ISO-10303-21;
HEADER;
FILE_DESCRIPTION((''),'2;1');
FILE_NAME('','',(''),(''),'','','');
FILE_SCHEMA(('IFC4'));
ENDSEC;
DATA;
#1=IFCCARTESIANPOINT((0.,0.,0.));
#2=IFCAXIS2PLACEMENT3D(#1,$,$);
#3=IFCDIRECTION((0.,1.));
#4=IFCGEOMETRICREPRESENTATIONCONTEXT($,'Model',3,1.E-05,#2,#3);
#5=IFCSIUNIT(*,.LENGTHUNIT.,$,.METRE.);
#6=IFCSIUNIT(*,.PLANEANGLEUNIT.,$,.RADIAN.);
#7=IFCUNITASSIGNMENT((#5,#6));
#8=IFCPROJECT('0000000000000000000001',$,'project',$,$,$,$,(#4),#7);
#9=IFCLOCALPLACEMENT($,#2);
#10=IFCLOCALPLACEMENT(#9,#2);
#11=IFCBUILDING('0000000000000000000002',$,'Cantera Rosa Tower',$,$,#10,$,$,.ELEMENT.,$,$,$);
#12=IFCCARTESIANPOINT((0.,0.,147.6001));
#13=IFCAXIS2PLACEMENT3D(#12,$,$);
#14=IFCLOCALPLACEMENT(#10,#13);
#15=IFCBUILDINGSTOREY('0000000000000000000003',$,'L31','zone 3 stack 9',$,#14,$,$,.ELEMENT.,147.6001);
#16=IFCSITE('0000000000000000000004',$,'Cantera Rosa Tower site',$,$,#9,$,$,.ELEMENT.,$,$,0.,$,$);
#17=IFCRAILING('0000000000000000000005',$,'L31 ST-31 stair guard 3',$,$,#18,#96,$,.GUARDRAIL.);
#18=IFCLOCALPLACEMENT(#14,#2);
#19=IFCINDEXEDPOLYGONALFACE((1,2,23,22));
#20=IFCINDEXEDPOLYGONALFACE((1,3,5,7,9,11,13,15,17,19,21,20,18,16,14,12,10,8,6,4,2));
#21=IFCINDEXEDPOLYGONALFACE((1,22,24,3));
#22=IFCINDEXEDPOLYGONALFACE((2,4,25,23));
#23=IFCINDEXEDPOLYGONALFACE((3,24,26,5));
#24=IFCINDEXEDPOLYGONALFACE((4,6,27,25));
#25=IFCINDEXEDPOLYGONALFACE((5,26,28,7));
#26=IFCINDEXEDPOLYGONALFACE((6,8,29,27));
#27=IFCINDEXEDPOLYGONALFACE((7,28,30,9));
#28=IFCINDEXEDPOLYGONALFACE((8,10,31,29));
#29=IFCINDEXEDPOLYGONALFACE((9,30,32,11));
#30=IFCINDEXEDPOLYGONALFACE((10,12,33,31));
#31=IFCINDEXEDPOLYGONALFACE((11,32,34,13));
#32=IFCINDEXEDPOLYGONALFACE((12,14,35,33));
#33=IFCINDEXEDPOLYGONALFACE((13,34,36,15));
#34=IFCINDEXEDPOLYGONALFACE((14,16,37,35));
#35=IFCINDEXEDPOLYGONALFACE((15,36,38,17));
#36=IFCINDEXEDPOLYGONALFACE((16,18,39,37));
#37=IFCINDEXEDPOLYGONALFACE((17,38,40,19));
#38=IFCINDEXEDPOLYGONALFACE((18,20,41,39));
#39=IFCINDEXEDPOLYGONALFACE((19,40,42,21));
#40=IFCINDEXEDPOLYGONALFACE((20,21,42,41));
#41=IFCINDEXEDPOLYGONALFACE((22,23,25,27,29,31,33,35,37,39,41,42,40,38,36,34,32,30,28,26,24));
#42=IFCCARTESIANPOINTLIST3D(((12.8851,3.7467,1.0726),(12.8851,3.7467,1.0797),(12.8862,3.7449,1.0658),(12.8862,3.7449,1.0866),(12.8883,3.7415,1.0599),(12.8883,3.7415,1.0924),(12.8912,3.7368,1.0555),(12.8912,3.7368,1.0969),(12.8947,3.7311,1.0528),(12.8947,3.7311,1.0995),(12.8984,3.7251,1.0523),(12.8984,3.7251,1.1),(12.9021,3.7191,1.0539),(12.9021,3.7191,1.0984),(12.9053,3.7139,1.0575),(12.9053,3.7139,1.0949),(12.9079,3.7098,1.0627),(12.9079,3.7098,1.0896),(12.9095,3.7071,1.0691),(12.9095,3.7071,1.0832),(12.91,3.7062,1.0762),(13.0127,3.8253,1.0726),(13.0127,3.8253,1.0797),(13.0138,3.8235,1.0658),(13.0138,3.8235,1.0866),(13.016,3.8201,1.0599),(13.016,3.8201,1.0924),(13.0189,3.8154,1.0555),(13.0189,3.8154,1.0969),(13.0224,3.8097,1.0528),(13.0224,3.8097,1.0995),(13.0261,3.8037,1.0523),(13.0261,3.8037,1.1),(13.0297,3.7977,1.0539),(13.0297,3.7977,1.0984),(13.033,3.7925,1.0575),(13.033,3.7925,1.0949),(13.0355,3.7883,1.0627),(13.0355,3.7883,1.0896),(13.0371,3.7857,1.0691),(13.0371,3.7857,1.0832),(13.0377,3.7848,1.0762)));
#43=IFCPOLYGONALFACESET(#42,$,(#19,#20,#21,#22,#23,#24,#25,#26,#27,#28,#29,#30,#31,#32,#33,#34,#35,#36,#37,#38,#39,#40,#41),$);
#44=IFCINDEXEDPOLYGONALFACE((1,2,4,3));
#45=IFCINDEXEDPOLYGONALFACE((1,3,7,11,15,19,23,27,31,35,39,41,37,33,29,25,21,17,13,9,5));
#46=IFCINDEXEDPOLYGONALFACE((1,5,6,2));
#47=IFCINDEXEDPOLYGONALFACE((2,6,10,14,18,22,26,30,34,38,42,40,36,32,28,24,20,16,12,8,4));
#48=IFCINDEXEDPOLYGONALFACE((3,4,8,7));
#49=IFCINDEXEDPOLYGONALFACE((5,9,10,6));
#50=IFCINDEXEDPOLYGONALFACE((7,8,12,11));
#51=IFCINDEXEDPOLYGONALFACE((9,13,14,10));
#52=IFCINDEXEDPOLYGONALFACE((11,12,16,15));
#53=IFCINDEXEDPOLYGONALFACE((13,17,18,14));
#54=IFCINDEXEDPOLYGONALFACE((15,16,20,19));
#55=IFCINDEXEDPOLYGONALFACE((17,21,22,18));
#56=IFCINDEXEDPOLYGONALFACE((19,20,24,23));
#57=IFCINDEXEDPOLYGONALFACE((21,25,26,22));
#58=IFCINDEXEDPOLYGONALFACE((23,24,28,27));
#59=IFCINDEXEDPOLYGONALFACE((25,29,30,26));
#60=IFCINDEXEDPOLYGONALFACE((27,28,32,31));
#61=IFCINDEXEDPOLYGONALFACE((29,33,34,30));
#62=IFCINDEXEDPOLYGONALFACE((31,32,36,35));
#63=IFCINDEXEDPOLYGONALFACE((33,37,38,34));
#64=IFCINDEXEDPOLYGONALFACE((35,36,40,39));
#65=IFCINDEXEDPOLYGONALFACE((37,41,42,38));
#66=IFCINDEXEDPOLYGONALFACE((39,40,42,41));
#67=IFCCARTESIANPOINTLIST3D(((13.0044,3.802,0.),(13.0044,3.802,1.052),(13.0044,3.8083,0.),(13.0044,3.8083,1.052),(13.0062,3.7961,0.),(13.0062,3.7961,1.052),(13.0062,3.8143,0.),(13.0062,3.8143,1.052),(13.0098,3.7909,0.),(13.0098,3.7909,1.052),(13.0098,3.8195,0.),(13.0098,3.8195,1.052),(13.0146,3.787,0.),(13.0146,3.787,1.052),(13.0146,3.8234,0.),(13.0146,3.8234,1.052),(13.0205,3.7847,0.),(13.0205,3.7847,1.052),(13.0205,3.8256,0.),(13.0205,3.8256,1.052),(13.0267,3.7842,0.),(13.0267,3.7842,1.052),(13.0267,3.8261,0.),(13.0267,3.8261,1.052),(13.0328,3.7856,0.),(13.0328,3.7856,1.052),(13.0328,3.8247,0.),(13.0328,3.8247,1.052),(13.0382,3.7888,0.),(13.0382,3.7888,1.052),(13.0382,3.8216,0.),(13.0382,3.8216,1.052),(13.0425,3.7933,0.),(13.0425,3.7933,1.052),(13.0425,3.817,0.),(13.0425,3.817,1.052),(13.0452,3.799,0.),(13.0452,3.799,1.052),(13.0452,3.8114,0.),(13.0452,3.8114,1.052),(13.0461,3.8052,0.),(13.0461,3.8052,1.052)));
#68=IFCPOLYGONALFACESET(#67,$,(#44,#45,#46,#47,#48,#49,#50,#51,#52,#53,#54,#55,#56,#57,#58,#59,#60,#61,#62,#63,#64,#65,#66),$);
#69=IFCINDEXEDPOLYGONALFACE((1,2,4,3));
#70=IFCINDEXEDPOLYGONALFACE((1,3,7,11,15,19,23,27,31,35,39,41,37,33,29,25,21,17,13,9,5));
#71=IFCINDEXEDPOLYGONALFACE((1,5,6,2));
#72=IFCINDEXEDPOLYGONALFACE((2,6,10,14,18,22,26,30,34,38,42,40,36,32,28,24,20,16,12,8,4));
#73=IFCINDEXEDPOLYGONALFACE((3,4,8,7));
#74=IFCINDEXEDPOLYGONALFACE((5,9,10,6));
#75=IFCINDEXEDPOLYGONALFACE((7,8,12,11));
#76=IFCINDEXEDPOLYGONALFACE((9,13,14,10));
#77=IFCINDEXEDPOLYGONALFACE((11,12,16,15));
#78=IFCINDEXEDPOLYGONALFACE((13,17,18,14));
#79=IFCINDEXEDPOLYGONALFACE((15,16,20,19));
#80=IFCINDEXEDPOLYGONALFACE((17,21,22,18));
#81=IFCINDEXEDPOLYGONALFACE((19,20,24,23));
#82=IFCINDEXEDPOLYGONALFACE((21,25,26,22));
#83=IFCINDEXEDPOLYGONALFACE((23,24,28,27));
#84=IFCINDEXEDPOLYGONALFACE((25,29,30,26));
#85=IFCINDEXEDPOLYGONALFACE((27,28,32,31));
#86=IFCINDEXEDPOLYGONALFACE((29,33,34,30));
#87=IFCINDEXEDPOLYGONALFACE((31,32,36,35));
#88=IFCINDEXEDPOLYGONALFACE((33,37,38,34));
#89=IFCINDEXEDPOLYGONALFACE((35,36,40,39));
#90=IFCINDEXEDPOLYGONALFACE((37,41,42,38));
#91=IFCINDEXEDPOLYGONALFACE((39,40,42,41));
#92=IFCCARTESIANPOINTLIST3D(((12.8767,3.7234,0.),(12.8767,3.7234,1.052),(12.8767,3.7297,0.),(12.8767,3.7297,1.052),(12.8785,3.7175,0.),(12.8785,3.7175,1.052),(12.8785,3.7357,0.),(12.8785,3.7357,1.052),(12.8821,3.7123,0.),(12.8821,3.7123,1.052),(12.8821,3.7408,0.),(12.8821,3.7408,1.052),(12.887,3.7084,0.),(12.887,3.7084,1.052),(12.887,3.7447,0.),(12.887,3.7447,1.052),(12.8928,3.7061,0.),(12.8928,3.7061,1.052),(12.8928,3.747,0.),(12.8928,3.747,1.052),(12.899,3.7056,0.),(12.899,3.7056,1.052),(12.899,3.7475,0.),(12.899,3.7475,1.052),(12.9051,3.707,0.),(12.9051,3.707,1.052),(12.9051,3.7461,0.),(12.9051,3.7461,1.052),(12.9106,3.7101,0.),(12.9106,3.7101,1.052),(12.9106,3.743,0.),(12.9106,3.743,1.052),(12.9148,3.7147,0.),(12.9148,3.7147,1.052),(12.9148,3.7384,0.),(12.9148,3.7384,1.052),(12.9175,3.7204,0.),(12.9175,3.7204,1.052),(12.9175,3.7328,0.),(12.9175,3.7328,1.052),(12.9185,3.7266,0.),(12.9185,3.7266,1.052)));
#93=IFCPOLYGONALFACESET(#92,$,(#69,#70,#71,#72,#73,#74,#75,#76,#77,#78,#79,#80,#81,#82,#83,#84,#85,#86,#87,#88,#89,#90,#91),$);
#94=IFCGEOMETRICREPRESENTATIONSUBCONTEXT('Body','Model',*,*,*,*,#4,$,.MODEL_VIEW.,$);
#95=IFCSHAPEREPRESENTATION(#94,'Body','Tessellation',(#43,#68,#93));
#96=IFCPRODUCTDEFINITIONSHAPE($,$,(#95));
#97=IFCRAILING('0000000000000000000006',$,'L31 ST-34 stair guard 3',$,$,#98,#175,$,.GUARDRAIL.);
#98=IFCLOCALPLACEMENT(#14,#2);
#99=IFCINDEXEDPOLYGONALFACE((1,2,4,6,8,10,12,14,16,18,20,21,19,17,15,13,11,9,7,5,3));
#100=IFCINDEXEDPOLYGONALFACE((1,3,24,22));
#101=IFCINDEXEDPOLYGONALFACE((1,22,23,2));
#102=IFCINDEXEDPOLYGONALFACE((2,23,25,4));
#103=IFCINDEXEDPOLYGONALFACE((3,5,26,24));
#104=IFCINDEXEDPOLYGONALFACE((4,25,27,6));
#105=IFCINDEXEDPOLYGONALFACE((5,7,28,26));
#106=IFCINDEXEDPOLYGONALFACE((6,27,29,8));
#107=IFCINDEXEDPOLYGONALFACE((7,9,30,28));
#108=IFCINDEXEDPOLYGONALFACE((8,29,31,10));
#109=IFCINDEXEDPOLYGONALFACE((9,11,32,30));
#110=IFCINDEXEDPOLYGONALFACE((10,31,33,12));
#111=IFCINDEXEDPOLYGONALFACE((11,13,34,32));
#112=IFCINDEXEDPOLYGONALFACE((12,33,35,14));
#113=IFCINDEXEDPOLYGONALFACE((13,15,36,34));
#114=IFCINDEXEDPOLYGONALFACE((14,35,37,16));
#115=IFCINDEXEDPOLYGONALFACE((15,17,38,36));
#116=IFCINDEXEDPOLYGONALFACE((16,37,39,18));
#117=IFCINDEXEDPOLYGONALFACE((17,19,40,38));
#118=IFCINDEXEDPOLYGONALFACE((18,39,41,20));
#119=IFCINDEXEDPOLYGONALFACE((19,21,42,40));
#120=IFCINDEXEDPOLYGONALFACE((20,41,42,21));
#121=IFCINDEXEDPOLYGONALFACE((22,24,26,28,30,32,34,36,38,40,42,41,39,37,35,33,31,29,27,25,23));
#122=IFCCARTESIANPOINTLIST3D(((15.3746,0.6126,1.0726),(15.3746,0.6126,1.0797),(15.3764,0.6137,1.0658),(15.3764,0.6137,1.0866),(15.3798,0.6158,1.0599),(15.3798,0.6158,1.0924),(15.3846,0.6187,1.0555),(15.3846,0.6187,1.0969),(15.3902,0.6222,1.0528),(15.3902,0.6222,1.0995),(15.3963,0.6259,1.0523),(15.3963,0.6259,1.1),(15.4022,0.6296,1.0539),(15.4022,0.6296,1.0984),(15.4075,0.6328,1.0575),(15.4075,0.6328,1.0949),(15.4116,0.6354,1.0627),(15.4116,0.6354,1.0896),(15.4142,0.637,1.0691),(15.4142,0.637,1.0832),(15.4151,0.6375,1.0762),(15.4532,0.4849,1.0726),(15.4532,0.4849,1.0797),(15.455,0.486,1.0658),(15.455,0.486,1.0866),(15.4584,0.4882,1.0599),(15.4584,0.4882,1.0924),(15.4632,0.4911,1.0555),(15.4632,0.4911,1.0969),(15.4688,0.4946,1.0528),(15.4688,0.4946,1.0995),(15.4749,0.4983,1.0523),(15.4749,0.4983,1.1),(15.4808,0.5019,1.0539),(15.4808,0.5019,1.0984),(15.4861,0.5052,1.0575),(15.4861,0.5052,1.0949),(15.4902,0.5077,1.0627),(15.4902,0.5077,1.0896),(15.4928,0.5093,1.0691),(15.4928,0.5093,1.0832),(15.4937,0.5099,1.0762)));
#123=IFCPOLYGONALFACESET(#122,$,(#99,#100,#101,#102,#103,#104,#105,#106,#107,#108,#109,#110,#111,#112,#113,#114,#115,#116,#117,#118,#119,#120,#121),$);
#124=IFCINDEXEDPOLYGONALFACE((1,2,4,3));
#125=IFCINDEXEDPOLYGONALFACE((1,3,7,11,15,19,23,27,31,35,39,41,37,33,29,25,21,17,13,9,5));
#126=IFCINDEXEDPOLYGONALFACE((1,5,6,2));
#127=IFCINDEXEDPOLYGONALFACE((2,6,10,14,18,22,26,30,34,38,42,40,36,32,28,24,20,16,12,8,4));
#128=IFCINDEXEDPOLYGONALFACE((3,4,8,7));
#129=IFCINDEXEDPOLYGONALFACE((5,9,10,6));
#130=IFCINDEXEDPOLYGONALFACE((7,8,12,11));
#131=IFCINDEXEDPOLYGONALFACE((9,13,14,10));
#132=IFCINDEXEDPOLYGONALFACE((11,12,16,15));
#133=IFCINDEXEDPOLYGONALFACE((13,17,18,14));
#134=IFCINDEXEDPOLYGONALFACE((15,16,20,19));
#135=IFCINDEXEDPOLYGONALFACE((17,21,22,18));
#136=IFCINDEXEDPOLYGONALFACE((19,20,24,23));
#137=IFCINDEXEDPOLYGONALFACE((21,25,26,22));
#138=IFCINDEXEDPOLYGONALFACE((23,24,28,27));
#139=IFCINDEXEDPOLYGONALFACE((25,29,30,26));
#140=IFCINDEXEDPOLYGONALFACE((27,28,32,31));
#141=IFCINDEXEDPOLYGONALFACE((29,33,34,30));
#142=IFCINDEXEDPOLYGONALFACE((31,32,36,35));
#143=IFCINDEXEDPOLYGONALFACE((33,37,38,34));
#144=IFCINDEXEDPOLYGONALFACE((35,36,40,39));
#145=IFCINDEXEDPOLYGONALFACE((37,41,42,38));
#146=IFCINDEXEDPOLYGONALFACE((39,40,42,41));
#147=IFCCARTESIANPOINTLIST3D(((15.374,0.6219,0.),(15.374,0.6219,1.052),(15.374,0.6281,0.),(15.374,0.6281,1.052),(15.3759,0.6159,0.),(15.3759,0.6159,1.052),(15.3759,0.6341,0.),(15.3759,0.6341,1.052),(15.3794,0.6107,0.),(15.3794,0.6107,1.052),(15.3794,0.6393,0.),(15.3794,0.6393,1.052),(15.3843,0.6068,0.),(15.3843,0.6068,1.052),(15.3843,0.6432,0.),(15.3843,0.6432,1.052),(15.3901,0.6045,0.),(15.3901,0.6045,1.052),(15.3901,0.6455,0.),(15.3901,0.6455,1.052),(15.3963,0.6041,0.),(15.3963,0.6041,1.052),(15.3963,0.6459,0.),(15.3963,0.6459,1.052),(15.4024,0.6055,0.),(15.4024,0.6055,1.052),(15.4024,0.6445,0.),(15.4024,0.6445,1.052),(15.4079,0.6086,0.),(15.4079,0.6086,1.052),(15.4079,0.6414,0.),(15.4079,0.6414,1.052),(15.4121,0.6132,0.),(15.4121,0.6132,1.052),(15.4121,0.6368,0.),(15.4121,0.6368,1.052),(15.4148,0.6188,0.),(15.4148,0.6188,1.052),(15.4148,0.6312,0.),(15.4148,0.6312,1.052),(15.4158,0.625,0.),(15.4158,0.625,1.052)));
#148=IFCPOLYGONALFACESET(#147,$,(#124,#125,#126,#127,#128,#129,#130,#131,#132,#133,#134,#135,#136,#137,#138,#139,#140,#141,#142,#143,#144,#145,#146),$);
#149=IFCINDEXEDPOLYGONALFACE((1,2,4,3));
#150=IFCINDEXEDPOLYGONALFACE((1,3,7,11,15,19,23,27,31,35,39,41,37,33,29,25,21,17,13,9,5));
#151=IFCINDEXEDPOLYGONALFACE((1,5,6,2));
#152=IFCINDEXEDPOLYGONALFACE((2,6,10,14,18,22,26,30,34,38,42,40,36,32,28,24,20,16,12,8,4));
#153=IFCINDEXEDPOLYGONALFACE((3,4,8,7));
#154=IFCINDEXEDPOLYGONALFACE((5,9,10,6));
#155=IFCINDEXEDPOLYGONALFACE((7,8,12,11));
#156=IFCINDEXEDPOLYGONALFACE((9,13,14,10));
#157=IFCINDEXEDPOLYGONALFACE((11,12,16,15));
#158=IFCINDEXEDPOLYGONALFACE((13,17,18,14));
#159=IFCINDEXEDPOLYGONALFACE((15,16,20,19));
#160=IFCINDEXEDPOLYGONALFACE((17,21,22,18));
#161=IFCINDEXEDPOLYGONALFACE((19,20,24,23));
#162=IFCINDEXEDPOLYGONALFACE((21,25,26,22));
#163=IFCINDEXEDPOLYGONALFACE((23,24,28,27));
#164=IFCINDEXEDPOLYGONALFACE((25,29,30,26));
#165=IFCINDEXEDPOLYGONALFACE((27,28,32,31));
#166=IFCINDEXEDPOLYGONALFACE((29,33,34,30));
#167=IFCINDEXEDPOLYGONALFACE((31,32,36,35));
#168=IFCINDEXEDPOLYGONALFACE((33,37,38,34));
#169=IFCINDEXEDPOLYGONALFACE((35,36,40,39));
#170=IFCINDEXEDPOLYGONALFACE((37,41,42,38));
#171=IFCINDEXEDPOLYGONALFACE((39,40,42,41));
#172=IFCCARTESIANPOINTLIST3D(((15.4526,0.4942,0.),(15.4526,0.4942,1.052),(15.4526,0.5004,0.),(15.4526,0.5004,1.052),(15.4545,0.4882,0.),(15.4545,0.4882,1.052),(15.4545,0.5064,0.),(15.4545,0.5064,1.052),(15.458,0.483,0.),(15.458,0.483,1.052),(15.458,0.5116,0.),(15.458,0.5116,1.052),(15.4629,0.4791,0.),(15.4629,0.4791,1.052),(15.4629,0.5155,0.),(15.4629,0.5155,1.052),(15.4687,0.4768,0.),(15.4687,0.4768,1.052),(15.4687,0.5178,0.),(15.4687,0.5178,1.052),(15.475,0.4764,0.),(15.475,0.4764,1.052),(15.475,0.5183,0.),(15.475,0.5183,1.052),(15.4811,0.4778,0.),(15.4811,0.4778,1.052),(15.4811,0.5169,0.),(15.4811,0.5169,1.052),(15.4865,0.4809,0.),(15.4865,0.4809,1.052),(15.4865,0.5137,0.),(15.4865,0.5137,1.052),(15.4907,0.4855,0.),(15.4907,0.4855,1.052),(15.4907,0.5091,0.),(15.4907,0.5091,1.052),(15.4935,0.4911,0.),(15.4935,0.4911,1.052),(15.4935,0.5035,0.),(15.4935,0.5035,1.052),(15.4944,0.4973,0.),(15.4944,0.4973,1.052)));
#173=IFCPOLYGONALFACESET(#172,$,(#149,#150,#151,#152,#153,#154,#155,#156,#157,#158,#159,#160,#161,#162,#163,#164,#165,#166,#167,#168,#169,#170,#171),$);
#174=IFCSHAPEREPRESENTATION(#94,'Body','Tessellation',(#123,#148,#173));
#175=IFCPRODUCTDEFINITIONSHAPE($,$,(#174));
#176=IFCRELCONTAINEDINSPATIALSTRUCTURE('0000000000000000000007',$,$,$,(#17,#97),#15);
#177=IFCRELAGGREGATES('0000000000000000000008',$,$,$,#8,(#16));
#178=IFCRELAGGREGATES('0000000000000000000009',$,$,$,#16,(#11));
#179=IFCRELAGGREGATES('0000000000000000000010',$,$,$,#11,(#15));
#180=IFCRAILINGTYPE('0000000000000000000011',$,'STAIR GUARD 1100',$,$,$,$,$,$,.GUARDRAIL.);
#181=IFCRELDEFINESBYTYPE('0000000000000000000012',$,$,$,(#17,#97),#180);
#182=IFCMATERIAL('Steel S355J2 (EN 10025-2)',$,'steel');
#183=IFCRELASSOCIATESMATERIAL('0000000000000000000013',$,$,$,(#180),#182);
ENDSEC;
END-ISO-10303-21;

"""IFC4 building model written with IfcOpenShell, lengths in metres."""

from ifc_helpers import new_model, si_unit, direction, frame, origin, origin_2d, place, context, subcontext, project, spatial, circle, extrude, material, type_object, element, save


model = new_model("IFC4")

# Units and contexts
model_context = context("Model", 3, precision=1e-05, world=origin(), true_north=direction((0.0, 1.0)))
body_context = subcontext(model_context, "Body", "Model", "MODEL_VIEW")
ifc_project = project(units=[si_unit("LENGTHUNIT", "METRE"), si_unit("PLANEANGLEUNIT", "RADIAN")], contexts=[model_context])

# Site, building, storey
site_placement = place(None, origin())
site = spatial("IfcSite", under=ifc_project, at=site_placement, Name="Cantera Rosa Tower site", CompositionType="ELEMENT", RefElevation=0.0)
building_placement = place(site_placement, origin())
building = spatial("IfcBuilding", under=site, at=building_placement, Name="Cantera Rosa Tower", CompositionType="ELEMENT")
storey_placement = place(building_placement, frame((0.0, 0.0, 147.6001)))
storey = spatial("IfcBuildingStorey", under=building, at=storey_placement, Name="L31", Description="zone 3 stack 9", CompositionType="ELEMENT", Elevation=147.6001)

# Railings
ifc_material_1 = material(Name="Steel S355J2 (EN 10025-2)", Category="steel")
railing_type_1 = type_object("IfcRailingType", Name="STAIR GUARD 1100", PredefinedType="GUARDRAIL", material=ifc_material_1)
railing_1_placement = place(storey_placement, frame((13.0251, 3.8052, 0.0)))
element("IfcRailing", 1, at=railing_1_placement, inside=storey, type_object=railing_type_1, Name="L31 ST-31 stair guard 3", PredefinedType="GUARDRAIL", context=body_context, shape_type="SweptSolid", body=[
    extrude(circle(Radius=0.0239, at=origin_2d()), frame((0.0, 0.0, 1.0762), z_axis=(-0.851546, -0.524279, 0.0), x_axis=(0.524279, -0.851546, 0.0)), (0.0, 0.0, 1.0), 0.1499),
    extrude(circle(Radius=0.021, at=origin_2d()), origin(), (0.0, 0.0, 1.0), 1.052),
    extrude(circle(Radius=0.021, at=origin_2d()), frame((-0.1277, -0.0786, 0.0)), (0.0, 0.0, 1.0), 1.052),
])
railing_2_placement = place(storey_placement, frame((15.3948, 0.625, 0.0)))
element("IfcRailing", 2, at=railing_2_placement, inside=storey, type_object=railing_type_1, Name="L31 ST-34 stair guard 3", PredefinedType="GUARDRAIL", context=body_context, shape_type="SweptSolid", body=[
    extrude(circle(Radius=0.0239, at=origin_2d()), frame((0.0, 0.0, 1.0762), z_axis=(0.524279, -0.851546, 0.0), x_axis=(0.851546, 0.524279, 0.0)), (0.0, 0.0, 1.0), 0.1499),
    extrude(circle(Radius=0.021, at=origin_2d()), origin(), (0.0, 0.0, 1.0), 1.052),
    extrude(circle(Radius=0.021, at=origin_2d()), frame((0.0786, -0.1277, 0.0)), (0.0, 0.0, 1.0), 1.052),
])

save(model, "model.ifc")
